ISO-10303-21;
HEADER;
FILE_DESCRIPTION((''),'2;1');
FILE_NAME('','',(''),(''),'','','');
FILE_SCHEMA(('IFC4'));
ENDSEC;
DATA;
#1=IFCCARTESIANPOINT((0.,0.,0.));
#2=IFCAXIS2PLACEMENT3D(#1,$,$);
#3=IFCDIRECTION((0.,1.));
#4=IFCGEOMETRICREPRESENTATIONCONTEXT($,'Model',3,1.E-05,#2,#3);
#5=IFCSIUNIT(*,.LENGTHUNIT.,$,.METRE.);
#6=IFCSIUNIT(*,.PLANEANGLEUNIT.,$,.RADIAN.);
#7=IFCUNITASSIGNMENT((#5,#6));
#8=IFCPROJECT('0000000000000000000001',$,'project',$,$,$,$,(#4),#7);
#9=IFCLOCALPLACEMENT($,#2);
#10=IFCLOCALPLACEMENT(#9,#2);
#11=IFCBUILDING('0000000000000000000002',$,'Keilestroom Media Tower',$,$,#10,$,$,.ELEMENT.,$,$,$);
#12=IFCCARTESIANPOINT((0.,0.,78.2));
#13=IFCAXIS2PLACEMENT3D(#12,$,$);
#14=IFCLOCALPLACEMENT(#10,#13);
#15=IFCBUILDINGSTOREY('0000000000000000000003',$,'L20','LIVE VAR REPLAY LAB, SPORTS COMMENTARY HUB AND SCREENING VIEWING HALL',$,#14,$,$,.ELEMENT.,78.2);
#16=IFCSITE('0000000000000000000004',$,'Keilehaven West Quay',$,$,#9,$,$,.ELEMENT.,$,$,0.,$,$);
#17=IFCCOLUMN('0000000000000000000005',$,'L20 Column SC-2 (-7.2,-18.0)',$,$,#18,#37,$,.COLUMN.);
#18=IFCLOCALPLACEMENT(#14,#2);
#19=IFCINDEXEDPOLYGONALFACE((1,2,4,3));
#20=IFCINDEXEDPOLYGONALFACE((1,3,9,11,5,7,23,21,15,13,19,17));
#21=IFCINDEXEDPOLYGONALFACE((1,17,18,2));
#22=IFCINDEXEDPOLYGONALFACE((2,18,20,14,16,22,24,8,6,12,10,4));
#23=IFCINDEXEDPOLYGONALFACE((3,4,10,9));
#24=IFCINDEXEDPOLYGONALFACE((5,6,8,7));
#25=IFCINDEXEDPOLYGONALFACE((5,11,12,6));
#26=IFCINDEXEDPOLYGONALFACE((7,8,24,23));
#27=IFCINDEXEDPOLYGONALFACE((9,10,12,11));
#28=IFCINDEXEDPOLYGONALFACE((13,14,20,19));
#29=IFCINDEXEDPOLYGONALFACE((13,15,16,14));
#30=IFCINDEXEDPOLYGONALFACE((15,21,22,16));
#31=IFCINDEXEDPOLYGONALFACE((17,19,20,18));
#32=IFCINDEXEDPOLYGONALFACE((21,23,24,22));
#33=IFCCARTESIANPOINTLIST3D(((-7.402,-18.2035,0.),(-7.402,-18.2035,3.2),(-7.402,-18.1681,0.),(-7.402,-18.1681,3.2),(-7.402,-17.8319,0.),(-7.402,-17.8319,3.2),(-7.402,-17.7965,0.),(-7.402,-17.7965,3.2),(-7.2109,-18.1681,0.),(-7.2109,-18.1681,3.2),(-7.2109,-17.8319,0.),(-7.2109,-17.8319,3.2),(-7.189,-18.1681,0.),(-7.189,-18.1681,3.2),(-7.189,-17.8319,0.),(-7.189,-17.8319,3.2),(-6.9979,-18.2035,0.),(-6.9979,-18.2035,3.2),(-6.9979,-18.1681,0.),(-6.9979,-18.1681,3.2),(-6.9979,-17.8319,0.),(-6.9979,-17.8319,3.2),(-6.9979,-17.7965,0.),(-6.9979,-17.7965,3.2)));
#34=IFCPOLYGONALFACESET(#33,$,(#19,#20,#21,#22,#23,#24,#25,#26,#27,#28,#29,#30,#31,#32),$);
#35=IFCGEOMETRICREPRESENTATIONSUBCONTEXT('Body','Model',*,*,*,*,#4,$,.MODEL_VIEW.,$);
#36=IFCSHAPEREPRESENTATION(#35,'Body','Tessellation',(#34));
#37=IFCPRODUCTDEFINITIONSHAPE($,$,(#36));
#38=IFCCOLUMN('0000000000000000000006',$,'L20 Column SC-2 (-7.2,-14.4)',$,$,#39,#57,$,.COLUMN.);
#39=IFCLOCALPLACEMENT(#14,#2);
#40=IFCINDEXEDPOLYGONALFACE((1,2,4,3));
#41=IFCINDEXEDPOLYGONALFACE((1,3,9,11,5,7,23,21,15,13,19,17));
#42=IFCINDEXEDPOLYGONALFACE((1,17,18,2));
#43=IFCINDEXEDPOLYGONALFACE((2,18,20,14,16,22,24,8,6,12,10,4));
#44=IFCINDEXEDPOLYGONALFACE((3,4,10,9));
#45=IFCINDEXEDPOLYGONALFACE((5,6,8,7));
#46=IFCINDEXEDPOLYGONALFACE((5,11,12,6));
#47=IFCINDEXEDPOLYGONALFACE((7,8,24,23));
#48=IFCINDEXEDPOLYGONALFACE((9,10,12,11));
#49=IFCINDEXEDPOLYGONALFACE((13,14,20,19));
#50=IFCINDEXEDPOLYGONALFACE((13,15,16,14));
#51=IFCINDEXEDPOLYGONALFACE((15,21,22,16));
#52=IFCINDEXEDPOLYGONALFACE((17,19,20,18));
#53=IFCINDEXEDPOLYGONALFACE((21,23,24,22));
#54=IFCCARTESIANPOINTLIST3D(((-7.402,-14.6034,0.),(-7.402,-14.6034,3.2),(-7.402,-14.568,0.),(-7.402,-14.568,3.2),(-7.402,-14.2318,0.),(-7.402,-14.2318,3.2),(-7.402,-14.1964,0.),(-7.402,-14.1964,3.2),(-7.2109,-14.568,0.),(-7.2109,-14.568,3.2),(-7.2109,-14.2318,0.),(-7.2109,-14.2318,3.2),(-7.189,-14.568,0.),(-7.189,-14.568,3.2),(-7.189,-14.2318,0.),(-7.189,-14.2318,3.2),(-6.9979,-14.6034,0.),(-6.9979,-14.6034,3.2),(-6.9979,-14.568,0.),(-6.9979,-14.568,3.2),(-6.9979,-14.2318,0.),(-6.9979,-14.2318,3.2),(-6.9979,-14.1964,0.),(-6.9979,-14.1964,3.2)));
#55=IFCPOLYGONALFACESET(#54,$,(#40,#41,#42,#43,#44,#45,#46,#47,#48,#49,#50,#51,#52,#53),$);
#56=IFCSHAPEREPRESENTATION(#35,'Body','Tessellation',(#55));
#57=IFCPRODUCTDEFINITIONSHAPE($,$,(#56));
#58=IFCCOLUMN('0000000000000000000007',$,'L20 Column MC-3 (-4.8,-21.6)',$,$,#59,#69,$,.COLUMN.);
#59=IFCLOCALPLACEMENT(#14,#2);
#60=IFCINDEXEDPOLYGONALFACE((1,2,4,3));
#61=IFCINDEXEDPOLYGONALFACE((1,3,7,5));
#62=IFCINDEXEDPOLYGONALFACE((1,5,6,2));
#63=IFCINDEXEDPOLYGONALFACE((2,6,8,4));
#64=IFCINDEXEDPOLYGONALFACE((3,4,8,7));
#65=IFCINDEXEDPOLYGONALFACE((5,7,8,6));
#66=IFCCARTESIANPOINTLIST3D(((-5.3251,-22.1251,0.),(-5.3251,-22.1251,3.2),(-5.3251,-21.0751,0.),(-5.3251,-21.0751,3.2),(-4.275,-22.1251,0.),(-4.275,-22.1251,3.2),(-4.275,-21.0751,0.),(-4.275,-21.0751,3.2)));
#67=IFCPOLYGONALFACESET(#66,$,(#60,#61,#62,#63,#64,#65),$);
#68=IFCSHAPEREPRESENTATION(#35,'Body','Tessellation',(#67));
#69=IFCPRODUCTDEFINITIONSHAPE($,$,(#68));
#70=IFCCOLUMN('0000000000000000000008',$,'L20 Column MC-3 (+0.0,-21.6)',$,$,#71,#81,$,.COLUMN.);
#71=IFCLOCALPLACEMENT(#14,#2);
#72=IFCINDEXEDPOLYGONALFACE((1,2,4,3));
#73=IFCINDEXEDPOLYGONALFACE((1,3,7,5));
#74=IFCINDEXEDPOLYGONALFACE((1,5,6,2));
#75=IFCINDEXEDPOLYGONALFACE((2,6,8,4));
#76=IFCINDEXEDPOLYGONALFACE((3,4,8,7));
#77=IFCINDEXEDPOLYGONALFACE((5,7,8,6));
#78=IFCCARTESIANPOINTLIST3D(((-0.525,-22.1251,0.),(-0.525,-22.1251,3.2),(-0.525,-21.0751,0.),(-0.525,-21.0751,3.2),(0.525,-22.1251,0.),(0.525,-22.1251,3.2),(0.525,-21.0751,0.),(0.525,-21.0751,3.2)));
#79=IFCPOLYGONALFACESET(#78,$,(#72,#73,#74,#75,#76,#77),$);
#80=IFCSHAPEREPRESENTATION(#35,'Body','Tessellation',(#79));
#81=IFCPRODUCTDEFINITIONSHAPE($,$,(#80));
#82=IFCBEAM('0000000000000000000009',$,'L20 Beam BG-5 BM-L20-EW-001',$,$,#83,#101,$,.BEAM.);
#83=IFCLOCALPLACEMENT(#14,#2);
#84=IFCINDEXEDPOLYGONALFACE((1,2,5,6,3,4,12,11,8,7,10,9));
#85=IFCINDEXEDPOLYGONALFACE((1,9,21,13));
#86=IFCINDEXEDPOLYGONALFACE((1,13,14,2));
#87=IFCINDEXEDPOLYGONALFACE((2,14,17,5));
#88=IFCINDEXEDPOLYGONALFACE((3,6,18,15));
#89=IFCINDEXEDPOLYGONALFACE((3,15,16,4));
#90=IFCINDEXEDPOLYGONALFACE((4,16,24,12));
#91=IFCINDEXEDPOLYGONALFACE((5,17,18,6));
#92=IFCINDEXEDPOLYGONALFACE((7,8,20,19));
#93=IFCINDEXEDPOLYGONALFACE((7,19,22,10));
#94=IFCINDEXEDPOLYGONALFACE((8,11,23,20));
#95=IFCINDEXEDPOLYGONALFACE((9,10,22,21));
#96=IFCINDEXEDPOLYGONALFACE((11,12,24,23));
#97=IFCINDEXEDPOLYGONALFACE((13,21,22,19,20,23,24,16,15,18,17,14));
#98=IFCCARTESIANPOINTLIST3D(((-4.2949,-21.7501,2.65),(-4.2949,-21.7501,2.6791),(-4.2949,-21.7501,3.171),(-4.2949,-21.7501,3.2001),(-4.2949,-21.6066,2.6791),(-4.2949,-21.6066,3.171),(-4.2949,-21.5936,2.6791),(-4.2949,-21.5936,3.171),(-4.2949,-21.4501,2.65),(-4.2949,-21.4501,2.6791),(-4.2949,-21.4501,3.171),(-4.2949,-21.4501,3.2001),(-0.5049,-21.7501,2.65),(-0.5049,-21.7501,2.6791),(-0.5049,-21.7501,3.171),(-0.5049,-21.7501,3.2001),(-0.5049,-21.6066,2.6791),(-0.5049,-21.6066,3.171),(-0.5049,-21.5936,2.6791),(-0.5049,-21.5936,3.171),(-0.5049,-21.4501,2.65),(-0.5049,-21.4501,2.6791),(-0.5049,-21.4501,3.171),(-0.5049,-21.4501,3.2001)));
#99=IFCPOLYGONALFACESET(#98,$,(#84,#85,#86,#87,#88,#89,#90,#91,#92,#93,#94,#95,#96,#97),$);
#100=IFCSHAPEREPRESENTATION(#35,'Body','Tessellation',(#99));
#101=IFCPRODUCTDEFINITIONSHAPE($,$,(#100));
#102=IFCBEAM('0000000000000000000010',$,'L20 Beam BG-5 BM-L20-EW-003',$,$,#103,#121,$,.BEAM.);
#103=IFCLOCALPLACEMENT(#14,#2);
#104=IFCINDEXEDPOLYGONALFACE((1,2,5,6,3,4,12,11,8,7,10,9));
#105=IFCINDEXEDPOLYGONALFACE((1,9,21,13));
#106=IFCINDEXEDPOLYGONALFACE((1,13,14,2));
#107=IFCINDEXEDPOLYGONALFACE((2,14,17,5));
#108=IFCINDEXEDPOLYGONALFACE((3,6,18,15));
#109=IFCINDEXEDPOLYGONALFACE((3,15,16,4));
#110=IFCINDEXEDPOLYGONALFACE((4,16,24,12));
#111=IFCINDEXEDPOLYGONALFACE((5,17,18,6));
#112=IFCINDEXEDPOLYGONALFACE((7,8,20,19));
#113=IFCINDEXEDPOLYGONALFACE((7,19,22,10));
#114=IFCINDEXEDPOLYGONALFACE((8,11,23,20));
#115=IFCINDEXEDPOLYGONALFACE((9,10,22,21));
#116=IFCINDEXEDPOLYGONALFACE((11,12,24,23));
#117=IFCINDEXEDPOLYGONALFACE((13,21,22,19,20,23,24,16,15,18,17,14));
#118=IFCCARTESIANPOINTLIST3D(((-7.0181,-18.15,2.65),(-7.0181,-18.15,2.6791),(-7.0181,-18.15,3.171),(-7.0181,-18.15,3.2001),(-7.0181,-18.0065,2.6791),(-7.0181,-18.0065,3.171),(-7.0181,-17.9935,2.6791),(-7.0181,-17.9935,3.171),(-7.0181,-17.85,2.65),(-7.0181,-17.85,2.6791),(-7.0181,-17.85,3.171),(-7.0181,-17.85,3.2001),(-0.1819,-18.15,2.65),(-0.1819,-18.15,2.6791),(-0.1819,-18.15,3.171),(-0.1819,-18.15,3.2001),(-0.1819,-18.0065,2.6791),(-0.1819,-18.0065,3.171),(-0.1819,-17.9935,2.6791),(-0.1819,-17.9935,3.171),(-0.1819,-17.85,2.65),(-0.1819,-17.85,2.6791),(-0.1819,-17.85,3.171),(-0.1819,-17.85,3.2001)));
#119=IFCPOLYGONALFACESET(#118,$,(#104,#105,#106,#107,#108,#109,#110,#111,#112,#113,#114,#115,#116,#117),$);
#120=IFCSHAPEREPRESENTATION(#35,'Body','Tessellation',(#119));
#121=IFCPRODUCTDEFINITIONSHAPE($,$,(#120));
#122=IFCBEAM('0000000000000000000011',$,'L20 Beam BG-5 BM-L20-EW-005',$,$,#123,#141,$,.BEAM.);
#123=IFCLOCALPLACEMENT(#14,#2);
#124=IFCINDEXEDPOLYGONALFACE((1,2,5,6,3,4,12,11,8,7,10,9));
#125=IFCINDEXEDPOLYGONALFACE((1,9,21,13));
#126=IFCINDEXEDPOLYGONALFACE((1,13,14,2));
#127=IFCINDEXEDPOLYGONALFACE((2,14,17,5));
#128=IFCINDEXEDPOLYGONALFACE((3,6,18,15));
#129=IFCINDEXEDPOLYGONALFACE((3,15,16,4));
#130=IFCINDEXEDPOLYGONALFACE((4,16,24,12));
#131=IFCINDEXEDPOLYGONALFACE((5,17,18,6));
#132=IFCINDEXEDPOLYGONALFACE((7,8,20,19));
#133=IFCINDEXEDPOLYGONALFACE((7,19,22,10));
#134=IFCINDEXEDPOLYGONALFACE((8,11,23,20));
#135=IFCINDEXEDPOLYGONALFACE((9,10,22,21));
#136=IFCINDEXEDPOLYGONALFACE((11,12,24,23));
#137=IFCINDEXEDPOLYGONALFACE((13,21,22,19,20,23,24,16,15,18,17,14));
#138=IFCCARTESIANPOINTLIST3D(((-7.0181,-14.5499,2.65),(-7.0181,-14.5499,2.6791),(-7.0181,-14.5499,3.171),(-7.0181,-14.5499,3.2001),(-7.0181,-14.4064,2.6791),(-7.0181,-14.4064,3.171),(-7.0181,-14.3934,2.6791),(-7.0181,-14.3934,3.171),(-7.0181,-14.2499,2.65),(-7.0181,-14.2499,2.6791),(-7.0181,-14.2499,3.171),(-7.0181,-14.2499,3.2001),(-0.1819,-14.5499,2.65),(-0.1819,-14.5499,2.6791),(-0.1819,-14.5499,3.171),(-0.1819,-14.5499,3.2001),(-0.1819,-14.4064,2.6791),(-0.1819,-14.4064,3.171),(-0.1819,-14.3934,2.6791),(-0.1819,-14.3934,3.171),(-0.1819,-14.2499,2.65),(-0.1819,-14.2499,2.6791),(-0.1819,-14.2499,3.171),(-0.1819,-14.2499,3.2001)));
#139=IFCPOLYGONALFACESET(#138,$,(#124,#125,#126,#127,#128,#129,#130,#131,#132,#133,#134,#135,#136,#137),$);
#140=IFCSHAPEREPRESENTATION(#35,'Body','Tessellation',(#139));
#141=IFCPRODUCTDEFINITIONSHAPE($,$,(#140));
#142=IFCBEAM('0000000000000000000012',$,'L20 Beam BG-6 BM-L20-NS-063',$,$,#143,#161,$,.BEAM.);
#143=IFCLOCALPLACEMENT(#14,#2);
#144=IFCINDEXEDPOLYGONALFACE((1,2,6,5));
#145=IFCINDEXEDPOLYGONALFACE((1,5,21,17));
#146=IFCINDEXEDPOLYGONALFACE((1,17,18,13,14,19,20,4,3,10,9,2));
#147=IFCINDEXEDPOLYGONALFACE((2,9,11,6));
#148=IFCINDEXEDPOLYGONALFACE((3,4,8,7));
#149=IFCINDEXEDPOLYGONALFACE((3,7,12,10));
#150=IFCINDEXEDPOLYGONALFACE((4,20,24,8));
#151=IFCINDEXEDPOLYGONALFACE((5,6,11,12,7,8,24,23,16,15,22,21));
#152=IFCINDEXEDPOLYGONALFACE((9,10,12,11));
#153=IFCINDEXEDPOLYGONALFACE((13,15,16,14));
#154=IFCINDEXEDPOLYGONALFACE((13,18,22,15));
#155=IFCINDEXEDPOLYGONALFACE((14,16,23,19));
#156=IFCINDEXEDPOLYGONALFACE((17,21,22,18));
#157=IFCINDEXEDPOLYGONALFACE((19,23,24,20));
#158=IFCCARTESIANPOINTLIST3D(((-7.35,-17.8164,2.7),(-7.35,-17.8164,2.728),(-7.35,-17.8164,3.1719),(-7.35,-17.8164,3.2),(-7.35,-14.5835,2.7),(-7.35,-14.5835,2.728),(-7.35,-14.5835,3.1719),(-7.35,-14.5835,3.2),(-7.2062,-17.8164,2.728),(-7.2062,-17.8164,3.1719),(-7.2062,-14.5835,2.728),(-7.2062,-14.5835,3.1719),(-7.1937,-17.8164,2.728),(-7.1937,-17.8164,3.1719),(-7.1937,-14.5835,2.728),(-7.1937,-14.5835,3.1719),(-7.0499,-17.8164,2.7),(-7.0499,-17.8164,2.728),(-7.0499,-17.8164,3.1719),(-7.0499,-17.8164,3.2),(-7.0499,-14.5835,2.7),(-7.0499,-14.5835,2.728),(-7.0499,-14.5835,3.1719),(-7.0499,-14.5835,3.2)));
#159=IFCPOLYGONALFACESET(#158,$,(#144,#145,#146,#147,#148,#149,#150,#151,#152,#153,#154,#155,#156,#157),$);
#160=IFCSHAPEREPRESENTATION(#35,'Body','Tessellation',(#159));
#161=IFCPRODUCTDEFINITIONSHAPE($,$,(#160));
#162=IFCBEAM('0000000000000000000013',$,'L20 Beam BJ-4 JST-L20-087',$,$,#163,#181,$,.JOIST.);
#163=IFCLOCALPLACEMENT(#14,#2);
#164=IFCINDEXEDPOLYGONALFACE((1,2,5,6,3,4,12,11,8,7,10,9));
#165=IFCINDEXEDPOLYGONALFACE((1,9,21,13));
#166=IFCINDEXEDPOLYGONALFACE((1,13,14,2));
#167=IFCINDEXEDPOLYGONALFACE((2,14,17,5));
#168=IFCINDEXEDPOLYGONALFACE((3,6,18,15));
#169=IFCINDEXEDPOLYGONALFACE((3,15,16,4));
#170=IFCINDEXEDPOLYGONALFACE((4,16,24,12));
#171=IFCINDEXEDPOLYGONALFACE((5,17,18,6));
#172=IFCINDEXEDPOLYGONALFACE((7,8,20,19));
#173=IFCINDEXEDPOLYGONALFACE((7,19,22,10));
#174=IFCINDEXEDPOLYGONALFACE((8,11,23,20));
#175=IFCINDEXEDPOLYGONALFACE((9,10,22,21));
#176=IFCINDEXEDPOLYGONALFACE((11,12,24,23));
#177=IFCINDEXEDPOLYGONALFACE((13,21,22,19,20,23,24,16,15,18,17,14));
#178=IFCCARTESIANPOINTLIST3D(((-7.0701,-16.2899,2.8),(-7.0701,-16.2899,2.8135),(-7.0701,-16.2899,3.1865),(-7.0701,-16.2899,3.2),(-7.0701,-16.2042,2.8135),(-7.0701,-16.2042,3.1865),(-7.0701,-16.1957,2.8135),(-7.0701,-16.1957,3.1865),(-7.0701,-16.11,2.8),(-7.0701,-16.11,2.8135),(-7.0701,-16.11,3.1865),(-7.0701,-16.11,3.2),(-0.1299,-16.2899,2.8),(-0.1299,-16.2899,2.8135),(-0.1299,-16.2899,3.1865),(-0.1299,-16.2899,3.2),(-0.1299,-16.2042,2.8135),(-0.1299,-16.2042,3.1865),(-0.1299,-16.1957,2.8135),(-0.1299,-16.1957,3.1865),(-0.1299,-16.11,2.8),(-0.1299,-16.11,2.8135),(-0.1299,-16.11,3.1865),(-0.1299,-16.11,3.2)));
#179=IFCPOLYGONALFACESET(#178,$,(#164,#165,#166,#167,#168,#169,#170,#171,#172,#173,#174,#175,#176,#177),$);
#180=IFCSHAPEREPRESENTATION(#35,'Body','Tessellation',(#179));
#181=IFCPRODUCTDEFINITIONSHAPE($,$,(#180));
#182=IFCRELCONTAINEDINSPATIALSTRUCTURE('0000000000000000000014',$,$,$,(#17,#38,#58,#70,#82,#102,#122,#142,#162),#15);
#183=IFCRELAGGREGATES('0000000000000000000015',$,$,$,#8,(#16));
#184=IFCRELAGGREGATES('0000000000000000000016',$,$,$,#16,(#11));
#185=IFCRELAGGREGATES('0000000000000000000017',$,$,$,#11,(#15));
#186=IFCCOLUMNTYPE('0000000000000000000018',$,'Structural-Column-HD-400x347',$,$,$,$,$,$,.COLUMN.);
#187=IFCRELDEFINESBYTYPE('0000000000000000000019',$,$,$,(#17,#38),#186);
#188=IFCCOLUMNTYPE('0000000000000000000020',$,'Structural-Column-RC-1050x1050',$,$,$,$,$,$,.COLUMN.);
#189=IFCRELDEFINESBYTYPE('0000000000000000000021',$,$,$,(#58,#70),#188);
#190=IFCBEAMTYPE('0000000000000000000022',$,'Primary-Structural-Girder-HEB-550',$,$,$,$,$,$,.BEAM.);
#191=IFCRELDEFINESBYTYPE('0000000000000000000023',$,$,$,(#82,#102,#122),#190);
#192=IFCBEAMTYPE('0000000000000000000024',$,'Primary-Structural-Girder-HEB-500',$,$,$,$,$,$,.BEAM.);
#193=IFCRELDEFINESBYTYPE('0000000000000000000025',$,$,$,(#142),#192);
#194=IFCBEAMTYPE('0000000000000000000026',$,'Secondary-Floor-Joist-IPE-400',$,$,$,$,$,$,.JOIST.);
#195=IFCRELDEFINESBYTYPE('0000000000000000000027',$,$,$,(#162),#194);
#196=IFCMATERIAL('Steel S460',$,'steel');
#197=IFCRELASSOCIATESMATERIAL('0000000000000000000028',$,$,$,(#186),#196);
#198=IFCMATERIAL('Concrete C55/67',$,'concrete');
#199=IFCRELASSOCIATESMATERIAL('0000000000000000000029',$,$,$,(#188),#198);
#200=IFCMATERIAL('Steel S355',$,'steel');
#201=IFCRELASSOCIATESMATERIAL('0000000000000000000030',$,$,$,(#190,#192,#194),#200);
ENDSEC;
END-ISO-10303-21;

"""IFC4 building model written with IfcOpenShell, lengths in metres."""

from ifc_helpers import new_model, si_unit, direction, frame, origin, origin_2d, place, context, subcontext, project, spatial, rectangle, i_section, extrude, source, transform, mapped, material, material_profile, profile_set, type_object, element, save


model = new_model("IFC4")

# Units and contexts
model_context = context("Model", 3, precision=1e-05, world=origin(), true_north=direction((0.0, 1.0)))
body_context = subcontext(model_context, "Body", "Model", "MODEL_VIEW")
ifc_project = project(units=[si_unit("LENGTHUNIT", "METRE"), si_unit("PLANEANGLEUNIT", "RADIAN")], contexts=[model_context])

# Site, building, storey
site_placement = place(None, origin())
site = spatial("IfcSite", under=ifc_project, at=site_placement, Name="Keilehaven West Quay", CompositionType="ELEMENT", RefElevation=0.0)
building_placement = place(site_placement, origin())
building = spatial("IfcBuilding", under=site, at=building_placement, Name="Keilestroom Media Tower", CompositionType="ELEMENT")
storey_placement = place(building_placement, frame((0.0, 0.0, 78.2)))
storey = spatial("IfcBuildingStorey", under=building, at=storey_placement, Name="L20", Description="LIVE VAR REPLAY LAB, SPORTS COMMENTARY HUB AND SCREENING VIEWING HALL", CompositionType="ELEMENT", Elevation=78.2)

# Columns
ifc_material_1 = material(Name="Steel S460", Category="steel")
ifc_material_profile_1 = material_profile(ifc_material_1, i_section(OverallWidth=0.4041, OverallDepth=0.407, WebThickness=0.022, FlangeThickness=0.0354, at=origin_2d()), Name="HD 400x347")
ifc_profile_set_1 = profile_set([ifc_material_profile_1], Name="Steel S460")
column_type_1 = type_object("IfcColumnType", Name="Structural-Column-HD-400x347", PredefinedType="COLUMN", material=ifc_profile_set_1)
shared_shape_1 = source(origin(), body_context, "Body", "SweptSolid", [
    extrude(i_section(OverallWidth=0.4041, OverallDepth=0.407, WebThickness=0.022, FlangeThickness=0.0354, at=origin_2d()), origin(), (0.0, 0.0, 1.0), 3.2),
])
for number, where, z_axis, x_axis, name in (
    (1, (-7.2, -18.0, 0.0), (0.0, 0.0, 1.0), (1.0, 0.0, 0.0), "L20 Column SC-2 (-7.2,-18.0)"),
    (2, (-7.2, -14.3999, 0.0), (0.0, 0.0, 1.0), (1.0, 0.0, 0.0), "L20 Column SC-2 (-7.2,-14.4)"),
):
    element("IfcColumn", number, at=place(storey_placement, frame(where, z_axis=z_axis, x_axis=x_axis)), inside=storey, type_object=column_type_1, Name=name, PredefinedType="COLUMN", context=body_context, shape_type="MappedRepresentation", body=[
        mapped(shared_shape_1, transform((0.0, 0.0, 0.0), x_axis=(1.0, 0.0, 0.0), y_axis=(0.0, 1.0, 0.0), z_axis=(0.0, 0.0, 1.0), scale=1.0)),
    ])
ifc_material_2 = material(Name="Concrete C55/67", Category="concrete")
ifc_material_profile_2 = material_profile(ifc_material_2, rectangle(XDim=1.05, YDim=1.05, at=origin_2d()), Name="RC 1050x1050")
ifc_profile_set_2 = profile_set([ifc_material_profile_2], Name="Concrete C55/67")
column_type_2 = type_object("IfcColumnType", Name="Structural-Column-RC-1050x1050", PredefinedType="COLUMN", material=ifc_profile_set_2)
shared_shape_2 = source(origin(), body_context, "Body", "SweptSolid", [
    extrude(rectangle(XDim=1.05, YDim=1.05, at=origin_2d()), origin(), (0.0, 0.0, 1.0), 3.2),
])
for number, where, z_axis, x_axis, name in (
    (3, (-4.8, -21.6001, 0.0), (0.0, 0.0, 1.0), (1.0, 0.0, 0.0), "L20 Column MC-3 (-4.8,-21.6)"),
    (4, (0.0, -21.6001, 0.0), (0.0, 0.0, 1.0), (1.0, 0.0, 0.0), "L20 Column MC-3 (+0.0,-21.6)"),
):
    element("IfcColumn", number, at=place(storey_placement, frame(where, z_axis=z_axis, x_axis=x_axis)), inside=storey, type_object=column_type_2, Name=name, PredefinedType="COLUMN", context=body_context, shape_type="MappedRepresentation", body=[
        mapped(shared_shape_2, transform((0.0, 0.0, 0.0), x_axis=(1.0, 0.0, 0.0), y_axis=(0.0, 1.0, 0.0), z_axis=(0.0, 0.0, 1.0), scale=1.0)),
    ])

# Beams
ifc_material_3 = material(Name="Steel S355", Category="steel")
ifc_material_profile_3 = material_profile(ifc_material_3, i_section(OverallWidth=0.3, OverallDepth=0.55, WebThickness=0.0129, FlangeThickness=0.0291, at=origin_2d()), Name="HEB 550")
ifc_profile_set_3 = profile_set([ifc_material_profile_3], Name="Steel S355")
beam_type_1 = type_object("IfcBeamType", Name="Primary-Structural-Girder-HEB-550", PredefinedType="BEAM", material=ifc_profile_set_3)
shared_shape_3 = source(origin(), body_context, "Body", "SweptSolid", [
    extrude(i_section(OverallWidth=0.3, OverallDepth=0.55, WebThickness=0.0129, FlangeThickness=0.0291, at=origin_2d()), origin(), (0.0, 0.0, 1.0), 3.79),
])
beam_1_placement = place(storey_placement, frame((-4.2949, -21.6001, 2.925), z_axis=(1.0, 0.0, 0.0), x_axis=(0.0, 1.0, 0.0)))
element("IfcBeam", 5, at=beam_1_placement, inside=storey, type_object=beam_type_1, Name="L20 Beam BG-5 BM-L20-EW-001", PredefinedType="BEAM", context=body_context, shape_type="MappedRepresentation", body=[
    mapped(shared_shape_3, transform((0.0, 0.0, 0.0), x_axis=(1.0, 0.0, 0.0), y_axis=(0.0, 1.0, 0.0), z_axis=(0.0, 0.0, 1.0), scale=1.0)),
])
shared_shape_4 = source(origin(), body_context, "Body", "SweptSolid", [
    extrude(i_section(OverallWidth=0.3, OverallDepth=0.55, WebThickness=0.0129, FlangeThickness=0.0291, at=origin_2d()), origin(), (0.0, 0.0, 1.0), 6.8362),
])
for number, where, z_axis, x_axis, name in (
    (6, (-7.0181, -18.0, 2.925), (1.0, 0.0, 0.0), (0.0, 1.0, 0.0), "L20 Beam BG-5 BM-L20-EW-003"),
    (7, (-7.0181, -14.3999, 2.925), (1.0, 0.0, 0.0), (0.0, 1.0, 0.0), "L20 Beam BG-5 BM-L20-EW-005"),
):
    element("IfcBeam", number, at=place(storey_placement, frame(where, z_axis=z_axis, x_axis=x_axis)), inside=storey, type_object=beam_type_1, Name=name, PredefinedType="BEAM", context=body_context, shape_type="MappedRepresentation", body=[
        mapped(shared_shape_4, transform((0.0, 0.0, 0.0), x_axis=(1.0, 0.0, 0.0), y_axis=(0.0, 1.0, 0.0), z_axis=(0.0, 0.0, 1.0), scale=1.0)),
    ])
ifc_material_profile_4 = material_profile(ifc_material_3, i_section(OverallWidth=0.3, OverallDepth=0.5, WebThickness=0.0125, FlangeThickness=0.0281, at=origin_2d()), Name="HEB 500")
ifc_profile_set_4 = profile_set([ifc_material_profile_4], Name="Steel S355")
beam_type_2 = type_object("IfcBeamType", Name="Primary-Structural-Girder-HEB-500", PredefinedType="BEAM", material=ifc_profile_set_4)
shared_shape_5 = source(origin(), body_context, "Body", "SweptSolid", [
    extrude(i_section(OverallWidth=0.3, OverallDepth=0.5, WebThickness=0.0125, FlangeThickness=0.0281, at=origin_2d()), origin(), (0.0, 0.0, 1.0), 3.2329),
])
beam_2_placement = place(storey_placement, frame((-7.2, -17.8164, 2.95), z_axis=(0.0, 1.0, 0.0), x_axis=(-1.0, 0.0, 0.0)))
element("IfcBeam", 8, at=beam_2_placement, inside=storey, type_object=beam_type_2, Name="L20 Beam BG-6 BM-L20-NS-063", PredefinedType="BEAM", context=body_context, shape_type="MappedRepresentation", body=[
    mapped(shared_shape_5, transform((0.0, 0.0, 0.0), x_axis=(1.0, 0.0, 0.0), y_axis=(0.0, 1.0, 0.0), z_axis=(0.0, 0.0, 1.0), scale=1.0)),
])
ifc_material_profile_5 = material_profile(ifc_material_3, i_section(OverallWidth=0.1799, OverallDepth=0.3999, WebThickness=0.0085, FlangeThickness=0.0134, at=origin_2d()), Name="IPE 400")
ifc_profile_set_5 = profile_set([ifc_material_profile_5], Name="Steel S355")
beam_type_3 = type_object("IfcBeamType", Name="Secondary-Floor-Joist-IPE-400", PredefinedType="JOIST", material=ifc_profile_set_5)
shared_shape_6 = source(origin(), body_context, "Body", "SweptSolid", [
    extrude(i_section(OverallWidth=0.1799, OverallDepth=0.3999, WebThickness=0.0085, FlangeThickness=0.0134, at=origin_2d()), origin(), (0.0, 0.0, 1.0), 6.9402),
])
beam_3_placement = place(storey_placement, frame((-7.0701, -16.2, 3.0), z_axis=(1.0, 0.0, 0.0), x_axis=(0.0, 1.0, 0.0)))
element("IfcBeam", 9, at=beam_3_placement, inside=storey, type_object=beam_type_3, Name="L20 Beam BJ-4 JST-L20-087", PredefinedType="JOIST", context=body_context, shape_type="MappedRepresentation", body=[
    mapped(shared_shape_6, transform((0.0, 0.0, 0.0), x_axis=(1.0, 0.0, 0.0), y_axis=(0.0, 1.0, 0.0), z_axis=(0.0, 0.0, 1.0), scale=1.0)),
])

save(model, "model.ifc")
